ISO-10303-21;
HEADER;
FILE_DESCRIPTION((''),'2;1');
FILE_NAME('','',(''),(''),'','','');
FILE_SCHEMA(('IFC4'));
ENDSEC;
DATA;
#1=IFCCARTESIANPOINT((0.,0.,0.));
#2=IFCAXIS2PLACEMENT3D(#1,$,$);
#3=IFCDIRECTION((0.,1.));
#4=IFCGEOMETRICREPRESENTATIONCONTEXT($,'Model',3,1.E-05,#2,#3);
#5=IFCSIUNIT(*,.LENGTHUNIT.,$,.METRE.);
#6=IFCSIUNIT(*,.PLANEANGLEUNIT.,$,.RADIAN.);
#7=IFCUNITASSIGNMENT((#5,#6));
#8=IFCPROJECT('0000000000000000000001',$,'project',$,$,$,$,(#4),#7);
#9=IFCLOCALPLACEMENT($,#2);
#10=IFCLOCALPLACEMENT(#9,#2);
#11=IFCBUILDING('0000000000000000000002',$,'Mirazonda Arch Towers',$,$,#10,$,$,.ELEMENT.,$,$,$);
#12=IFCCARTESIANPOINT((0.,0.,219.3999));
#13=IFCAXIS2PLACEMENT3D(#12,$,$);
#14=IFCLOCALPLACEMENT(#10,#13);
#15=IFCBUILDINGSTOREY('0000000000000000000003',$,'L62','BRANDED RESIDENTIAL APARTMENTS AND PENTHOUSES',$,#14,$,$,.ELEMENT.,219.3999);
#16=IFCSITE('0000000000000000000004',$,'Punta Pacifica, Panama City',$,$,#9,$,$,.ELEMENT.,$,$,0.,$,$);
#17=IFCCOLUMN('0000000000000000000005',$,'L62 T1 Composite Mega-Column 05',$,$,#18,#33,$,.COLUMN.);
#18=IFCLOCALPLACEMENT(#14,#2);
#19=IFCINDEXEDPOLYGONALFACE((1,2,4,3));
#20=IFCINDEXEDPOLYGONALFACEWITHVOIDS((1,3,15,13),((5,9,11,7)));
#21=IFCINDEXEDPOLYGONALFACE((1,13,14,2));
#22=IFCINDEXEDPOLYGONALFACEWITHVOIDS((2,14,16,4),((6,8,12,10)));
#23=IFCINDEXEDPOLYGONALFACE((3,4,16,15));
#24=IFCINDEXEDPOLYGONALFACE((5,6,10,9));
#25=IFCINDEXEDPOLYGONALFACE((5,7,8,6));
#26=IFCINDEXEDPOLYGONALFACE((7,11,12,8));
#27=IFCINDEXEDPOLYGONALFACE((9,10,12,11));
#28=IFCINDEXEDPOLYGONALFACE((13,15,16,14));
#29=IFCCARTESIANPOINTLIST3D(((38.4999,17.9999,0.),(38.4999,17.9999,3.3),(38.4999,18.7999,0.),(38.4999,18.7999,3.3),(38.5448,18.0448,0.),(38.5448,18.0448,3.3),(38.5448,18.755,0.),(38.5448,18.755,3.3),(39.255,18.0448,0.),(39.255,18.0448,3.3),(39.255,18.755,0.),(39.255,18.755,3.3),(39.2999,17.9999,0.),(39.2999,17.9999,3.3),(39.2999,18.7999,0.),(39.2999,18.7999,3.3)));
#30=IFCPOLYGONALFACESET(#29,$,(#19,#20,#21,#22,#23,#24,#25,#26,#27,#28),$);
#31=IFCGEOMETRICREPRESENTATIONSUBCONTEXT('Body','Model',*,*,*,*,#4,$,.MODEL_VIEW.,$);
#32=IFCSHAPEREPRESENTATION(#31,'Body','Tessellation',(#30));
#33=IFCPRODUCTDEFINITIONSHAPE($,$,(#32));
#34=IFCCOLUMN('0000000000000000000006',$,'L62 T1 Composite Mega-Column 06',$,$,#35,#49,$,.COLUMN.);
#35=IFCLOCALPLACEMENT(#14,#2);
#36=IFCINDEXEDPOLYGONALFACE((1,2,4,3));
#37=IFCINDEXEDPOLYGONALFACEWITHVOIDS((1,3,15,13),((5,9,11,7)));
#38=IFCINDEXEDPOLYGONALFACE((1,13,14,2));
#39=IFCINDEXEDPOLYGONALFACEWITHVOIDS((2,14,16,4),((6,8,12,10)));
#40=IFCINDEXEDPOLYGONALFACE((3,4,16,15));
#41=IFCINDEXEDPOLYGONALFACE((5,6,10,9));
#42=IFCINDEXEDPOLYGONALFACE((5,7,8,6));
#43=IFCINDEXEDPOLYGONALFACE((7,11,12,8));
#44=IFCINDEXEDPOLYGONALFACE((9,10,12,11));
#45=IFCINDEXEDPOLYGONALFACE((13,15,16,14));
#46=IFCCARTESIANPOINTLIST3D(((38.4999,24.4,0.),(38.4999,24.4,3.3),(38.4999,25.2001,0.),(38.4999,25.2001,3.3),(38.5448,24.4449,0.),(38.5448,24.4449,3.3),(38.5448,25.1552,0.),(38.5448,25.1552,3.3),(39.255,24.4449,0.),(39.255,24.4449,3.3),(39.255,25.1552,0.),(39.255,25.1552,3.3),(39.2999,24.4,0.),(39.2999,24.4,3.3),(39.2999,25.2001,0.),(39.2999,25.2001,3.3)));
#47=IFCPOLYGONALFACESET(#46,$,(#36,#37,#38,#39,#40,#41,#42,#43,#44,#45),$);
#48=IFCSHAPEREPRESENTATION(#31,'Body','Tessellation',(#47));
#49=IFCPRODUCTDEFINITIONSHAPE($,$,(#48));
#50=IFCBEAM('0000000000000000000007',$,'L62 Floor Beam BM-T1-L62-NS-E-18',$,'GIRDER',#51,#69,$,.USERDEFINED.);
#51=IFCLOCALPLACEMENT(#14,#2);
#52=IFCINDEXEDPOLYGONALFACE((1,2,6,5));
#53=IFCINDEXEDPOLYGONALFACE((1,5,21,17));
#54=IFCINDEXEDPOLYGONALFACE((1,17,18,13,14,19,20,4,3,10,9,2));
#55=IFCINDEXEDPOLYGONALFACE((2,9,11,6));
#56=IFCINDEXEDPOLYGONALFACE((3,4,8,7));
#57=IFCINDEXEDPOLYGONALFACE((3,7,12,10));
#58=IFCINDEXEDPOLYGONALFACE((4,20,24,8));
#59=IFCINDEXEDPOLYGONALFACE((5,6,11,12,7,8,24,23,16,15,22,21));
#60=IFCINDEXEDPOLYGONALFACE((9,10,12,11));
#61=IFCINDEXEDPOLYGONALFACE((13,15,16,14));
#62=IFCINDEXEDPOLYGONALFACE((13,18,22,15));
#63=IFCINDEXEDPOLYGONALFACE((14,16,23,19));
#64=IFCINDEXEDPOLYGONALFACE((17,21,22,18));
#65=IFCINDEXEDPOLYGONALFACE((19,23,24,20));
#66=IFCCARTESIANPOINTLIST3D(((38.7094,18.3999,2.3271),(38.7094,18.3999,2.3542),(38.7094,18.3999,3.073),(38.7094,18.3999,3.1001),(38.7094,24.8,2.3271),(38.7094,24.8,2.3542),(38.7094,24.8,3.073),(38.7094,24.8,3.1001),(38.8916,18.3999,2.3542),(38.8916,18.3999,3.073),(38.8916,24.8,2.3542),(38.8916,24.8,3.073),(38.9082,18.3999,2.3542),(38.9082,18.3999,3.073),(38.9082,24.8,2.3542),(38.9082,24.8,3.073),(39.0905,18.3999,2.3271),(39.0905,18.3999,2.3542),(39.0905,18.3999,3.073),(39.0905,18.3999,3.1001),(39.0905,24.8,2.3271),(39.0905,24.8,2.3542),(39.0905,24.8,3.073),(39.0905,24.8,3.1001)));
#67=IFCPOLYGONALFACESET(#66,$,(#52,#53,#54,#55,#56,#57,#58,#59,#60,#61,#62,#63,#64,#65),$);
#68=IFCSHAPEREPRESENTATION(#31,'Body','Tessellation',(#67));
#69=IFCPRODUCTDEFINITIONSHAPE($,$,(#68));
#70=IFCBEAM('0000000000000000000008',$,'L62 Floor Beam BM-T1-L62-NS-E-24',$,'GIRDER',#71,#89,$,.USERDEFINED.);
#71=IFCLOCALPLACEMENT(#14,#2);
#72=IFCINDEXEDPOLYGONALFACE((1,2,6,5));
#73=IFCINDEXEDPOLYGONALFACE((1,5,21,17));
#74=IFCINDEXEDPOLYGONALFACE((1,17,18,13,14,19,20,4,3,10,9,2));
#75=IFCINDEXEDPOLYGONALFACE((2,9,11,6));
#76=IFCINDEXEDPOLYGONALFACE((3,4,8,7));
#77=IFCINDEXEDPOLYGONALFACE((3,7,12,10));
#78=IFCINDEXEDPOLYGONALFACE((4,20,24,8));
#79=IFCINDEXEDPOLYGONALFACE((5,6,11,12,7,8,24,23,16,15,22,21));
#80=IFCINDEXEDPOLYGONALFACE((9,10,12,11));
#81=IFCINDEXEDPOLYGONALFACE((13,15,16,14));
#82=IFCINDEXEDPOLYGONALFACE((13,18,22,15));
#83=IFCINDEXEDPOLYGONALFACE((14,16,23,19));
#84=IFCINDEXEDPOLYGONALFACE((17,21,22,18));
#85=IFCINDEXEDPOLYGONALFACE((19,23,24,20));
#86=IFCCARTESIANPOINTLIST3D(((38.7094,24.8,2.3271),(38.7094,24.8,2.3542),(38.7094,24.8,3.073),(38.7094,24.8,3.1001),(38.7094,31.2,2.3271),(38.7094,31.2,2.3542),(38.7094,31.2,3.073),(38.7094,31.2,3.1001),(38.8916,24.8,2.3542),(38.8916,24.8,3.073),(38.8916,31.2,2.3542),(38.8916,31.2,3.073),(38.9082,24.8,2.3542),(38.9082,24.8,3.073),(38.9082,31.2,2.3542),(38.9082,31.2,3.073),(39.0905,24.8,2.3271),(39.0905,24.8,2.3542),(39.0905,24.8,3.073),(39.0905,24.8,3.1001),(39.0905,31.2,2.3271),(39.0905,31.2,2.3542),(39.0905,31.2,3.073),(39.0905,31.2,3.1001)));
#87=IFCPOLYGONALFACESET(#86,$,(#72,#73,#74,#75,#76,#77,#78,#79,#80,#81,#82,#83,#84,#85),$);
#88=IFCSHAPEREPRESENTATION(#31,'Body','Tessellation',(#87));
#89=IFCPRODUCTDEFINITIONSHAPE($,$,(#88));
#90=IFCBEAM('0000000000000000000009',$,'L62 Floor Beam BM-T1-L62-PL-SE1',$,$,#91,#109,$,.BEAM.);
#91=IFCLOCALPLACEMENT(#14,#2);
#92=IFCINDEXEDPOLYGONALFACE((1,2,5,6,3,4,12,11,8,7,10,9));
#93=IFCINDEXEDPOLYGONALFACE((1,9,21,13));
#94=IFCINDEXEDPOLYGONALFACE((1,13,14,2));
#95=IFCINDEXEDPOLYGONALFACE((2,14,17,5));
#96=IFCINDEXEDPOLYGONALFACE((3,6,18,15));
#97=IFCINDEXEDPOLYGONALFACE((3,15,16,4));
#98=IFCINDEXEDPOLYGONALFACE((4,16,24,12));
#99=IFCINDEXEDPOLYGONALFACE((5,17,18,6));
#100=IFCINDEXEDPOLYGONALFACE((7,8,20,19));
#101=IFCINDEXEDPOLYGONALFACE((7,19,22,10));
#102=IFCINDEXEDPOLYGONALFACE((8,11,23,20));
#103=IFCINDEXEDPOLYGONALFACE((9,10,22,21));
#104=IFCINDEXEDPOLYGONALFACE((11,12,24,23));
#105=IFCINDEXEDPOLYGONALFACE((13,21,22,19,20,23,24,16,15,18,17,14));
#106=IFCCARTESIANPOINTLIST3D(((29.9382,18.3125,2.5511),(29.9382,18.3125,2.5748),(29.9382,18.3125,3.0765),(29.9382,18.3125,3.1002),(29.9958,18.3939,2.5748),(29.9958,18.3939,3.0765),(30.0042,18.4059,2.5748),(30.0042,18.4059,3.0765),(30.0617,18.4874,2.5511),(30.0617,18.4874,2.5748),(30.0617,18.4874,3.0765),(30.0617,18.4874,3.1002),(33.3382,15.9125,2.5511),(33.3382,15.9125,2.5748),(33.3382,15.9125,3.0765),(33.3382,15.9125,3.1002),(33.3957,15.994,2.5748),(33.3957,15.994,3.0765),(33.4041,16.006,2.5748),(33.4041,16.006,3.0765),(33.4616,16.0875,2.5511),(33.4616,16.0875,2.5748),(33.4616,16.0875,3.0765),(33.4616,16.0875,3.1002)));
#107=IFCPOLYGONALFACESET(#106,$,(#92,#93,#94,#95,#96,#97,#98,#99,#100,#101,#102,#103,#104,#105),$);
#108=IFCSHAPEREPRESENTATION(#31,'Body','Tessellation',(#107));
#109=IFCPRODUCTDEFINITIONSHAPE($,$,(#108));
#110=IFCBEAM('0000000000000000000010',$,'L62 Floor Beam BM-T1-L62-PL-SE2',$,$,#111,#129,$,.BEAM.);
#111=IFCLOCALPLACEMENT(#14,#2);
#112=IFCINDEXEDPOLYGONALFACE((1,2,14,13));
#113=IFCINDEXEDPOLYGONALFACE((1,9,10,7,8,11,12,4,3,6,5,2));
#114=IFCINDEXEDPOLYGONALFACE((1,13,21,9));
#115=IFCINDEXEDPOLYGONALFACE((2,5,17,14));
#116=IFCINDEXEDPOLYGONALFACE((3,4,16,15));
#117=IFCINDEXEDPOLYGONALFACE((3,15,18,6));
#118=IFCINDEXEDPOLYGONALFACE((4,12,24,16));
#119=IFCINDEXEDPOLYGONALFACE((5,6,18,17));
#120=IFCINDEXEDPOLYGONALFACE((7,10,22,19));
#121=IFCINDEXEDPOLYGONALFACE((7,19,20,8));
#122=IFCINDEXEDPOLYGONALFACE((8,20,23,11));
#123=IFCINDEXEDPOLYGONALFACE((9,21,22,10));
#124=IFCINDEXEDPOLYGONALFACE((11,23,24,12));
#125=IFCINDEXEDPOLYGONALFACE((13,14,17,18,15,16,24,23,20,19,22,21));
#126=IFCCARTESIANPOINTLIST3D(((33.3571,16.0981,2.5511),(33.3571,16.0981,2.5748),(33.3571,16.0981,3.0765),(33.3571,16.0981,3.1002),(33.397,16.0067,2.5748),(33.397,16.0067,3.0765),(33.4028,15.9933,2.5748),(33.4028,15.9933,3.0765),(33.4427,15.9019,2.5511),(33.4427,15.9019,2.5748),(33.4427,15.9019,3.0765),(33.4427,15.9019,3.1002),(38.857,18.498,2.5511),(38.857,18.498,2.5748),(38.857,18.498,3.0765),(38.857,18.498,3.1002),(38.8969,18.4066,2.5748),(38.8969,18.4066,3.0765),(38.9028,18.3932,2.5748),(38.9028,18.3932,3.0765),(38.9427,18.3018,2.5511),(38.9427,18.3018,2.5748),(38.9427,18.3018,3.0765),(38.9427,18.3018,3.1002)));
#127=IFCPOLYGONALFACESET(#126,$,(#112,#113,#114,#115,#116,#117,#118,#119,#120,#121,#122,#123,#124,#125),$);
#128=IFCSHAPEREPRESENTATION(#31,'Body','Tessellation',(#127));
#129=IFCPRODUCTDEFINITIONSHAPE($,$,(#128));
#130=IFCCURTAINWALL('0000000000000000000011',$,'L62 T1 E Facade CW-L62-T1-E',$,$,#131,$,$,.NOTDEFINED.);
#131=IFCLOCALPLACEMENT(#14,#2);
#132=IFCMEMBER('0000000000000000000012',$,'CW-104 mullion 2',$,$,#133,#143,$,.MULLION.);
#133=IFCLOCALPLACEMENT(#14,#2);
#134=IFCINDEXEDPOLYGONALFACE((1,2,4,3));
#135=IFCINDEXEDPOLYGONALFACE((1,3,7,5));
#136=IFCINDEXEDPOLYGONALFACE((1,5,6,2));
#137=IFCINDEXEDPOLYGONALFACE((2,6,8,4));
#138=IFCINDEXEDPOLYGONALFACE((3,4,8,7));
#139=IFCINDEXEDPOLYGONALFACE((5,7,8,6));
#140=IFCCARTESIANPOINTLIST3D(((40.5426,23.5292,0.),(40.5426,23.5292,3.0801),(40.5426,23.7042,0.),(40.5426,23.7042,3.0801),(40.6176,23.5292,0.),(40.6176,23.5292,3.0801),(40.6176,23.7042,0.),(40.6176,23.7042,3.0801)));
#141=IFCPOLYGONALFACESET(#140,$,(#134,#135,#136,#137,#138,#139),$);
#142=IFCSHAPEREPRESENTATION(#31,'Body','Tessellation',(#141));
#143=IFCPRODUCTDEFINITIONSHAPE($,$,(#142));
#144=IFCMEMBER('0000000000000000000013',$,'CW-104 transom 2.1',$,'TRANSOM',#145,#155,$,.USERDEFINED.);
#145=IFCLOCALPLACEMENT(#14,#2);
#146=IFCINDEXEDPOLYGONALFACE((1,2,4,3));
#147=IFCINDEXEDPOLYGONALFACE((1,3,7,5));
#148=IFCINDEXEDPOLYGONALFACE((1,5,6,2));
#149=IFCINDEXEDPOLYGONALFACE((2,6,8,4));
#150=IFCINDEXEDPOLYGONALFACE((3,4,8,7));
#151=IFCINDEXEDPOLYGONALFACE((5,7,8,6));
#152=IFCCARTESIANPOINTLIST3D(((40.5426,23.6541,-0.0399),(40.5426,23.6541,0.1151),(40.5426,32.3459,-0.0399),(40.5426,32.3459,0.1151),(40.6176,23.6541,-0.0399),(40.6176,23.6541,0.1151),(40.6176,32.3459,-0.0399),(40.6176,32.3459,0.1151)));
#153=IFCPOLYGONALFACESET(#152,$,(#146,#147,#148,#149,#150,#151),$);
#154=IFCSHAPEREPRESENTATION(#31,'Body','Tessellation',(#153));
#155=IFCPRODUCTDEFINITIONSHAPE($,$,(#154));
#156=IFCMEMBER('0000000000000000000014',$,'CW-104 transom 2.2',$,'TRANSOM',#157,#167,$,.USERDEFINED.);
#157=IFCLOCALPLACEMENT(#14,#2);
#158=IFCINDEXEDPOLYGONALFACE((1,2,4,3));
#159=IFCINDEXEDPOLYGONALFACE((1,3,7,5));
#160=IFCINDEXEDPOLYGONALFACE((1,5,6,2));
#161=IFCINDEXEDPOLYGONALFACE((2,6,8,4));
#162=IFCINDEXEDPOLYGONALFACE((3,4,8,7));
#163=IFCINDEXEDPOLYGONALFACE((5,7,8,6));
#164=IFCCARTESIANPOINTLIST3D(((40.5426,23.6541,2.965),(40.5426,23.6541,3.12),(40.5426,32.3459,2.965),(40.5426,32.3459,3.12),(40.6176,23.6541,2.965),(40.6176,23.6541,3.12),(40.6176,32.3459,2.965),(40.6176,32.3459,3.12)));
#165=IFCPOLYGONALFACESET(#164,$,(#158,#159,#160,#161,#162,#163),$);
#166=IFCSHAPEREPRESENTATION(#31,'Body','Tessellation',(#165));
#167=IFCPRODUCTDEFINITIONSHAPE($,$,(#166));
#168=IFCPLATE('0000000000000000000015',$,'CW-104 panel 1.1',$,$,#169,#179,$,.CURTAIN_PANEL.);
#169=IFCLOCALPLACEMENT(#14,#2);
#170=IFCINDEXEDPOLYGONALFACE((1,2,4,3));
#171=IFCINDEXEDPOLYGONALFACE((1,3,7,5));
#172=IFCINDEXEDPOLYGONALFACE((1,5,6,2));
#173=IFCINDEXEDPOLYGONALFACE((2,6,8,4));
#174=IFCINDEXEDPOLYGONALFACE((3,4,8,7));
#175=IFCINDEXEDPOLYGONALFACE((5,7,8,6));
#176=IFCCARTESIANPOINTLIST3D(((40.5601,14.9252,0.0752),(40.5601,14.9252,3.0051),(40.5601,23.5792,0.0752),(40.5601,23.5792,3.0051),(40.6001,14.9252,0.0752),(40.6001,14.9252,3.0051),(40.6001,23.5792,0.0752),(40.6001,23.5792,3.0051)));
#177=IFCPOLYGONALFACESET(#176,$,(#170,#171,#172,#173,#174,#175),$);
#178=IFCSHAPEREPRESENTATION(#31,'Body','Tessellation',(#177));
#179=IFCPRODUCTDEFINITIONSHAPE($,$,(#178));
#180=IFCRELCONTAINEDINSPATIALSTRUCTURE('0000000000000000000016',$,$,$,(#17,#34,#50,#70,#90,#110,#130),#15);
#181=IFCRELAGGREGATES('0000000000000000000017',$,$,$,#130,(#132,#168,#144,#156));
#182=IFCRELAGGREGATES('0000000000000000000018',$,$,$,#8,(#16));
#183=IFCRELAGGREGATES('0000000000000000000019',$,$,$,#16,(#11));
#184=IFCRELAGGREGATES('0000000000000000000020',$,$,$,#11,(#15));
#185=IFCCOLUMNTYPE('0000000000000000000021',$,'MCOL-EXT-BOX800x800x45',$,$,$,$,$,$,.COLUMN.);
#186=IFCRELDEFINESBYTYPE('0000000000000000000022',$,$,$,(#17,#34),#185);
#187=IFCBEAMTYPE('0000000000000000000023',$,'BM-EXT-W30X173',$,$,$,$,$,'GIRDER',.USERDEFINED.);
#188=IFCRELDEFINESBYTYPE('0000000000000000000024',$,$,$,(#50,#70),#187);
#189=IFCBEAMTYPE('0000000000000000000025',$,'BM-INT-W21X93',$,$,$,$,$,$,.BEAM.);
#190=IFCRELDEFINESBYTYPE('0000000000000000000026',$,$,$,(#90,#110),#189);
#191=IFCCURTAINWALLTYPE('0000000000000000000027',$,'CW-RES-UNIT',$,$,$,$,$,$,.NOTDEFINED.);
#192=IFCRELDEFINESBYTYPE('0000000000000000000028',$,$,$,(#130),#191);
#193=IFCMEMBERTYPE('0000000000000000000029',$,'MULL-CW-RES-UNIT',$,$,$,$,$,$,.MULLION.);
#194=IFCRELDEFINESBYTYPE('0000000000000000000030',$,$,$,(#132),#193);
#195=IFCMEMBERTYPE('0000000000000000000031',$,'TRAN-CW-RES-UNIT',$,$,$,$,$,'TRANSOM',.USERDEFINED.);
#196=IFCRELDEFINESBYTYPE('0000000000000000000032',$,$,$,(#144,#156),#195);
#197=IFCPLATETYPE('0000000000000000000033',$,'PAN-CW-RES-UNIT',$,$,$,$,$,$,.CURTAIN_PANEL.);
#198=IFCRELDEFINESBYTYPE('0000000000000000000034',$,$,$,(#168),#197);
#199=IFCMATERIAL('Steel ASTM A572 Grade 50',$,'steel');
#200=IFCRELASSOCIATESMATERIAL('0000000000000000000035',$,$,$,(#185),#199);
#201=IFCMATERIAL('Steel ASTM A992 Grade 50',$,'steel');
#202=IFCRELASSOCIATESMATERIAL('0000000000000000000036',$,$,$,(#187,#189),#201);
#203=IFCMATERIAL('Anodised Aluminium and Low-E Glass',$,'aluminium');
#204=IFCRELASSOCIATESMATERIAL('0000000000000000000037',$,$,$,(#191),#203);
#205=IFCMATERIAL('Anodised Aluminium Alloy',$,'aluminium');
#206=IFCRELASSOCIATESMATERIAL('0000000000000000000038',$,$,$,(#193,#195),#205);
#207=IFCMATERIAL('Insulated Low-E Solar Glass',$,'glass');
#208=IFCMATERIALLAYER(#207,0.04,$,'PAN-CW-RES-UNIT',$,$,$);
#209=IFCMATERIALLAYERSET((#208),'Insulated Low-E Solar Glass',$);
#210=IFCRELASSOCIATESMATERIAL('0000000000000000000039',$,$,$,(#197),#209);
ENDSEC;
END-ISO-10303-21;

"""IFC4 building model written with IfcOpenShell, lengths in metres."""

from ifc_helpers import new_model, si_unit, direction, frame, origin, origin_2d, place, context, subcontext, project, spatial, rectangle, hollow_rectangle, i_section, extrude, material, layer, layer_set, material_profile, profile_set, type_object, element, aggregate, save


model = new_model("IFC4")

# Units and contexts
model_context = context("Model", 3, precision=1e-05, world=origin(), true_north=direction((0.0, 1.0)))
body_context = subcontext(model_context, "Body", "Model", "MODEL_VIEW")
ifc_project = project(units=[si_unit("LENGTHUNIT", "METRE"), si_unit("PLANEANGLEUNIT", "RADIAN")], contexts=[model_context])

# Site, building, storey
site_placement = place(None, origin())
site = spatial("IfcSite", under=ifc_project, at=site_placement, Name="Punta Pacifica, Panama City", CompositionType="ELEMENT", RefElevation=0.0)
building_placement = place(site_placement, origin())
building = spatial("IfcBuilding", under=site, at=building_placement, Name="Mirazonda Arch Towers", CompositionType="ELEMENT")
storey_placement = place(building_placement, frame((0.0, 0.0, 219.3999)))
storey = spatial("IfcBuildingStorey", under=building, at=storey_placement, Name="L62", Description="BRANDED RESIDENTIAL APARTMENTS AND PENTHOUSES", CompositionType="ELEMENT", Elevation=219.3999)

# Columns
ifc_material_1 = material(Name="Steel ASTM A572 Grade 50", Category="steel")
ifc_material_profile_1 = material_profile(ifc_material_1, hollow_rectangle(XDim=0.8, YDim=0.8, WallThickness=0.0449, at=origin_2d()), Name="BOX800x800x45")
ifc_profile_set_1 = profile_set([ifc_material_profile_1], Name="Steel ASTM A572 Grade 50")
column_type = type_object("IfcColumnType", Name="MCOL-EXT-BOX800x800x45", PredefinedType="COLUMN", material=ifc_profile_set_1)
for number, where, z_axis, x_axis, name in (
    (1, (38.8999, 18.3999, 0.0), (0.0, 0.0, 1.0), (1.0, 0.0, 0.0), "L62 T1 Composite Mega-Column 05"),
    (2, (38.8999, 24.8, 0.0), (0.0, 0.0, 1.0), (1.0, 0.0, 0.0), "L62 T1 Composite Mega-Column 06"),
):
    element("IfcColumn", number, at=place(storey_placement, frame(where, z_axis=z_axis, x_axis=x_axis)), inside=storey, type_object=column_type, Name=name, PredefinedType="COLUMN", context=body_context, shape_type="SweptSolid", body=[
        extrude(hollow_rectangle(XDim=0.8, YDim=0.8, WallThickness=0.0449, at=origin_2d()), origin(), (0.0, 0.0, 1.0), 3.3),
    ])

# Beams
ifc_material_2 = material(Name="Steel ASTM A992 Grade 50", Category="steel")
ifc_material_profile_2 = material_profile(ifc_material_2, i_section(OverallWidth=0.3811, OverallDepth=0.7729, WebThickness=0.0166, FlangeThickness=0.0271, at=origin_2d()), Name="W30X173")
ifc_profile_set_2 = profile_set([ifc_material_profile_2], Name="Steel ASTM A992 Grade 50")
beam_type_1 = type_object("IfcBeamType", Name="BM-EXT-W30X173", ElementType="GIRDER", PredefinedType="USERDEFINED", material=ifc_profile_set_2)
beam_1_placement = place(storey_placement, frame((38.8999, 18.3999, 2.7136), z_axis=(0.0, 1.0, 0.0), x_axis=(-1.0, 0.0, 0.0)))
element("IfcBeam", 3, at=beam_1_placement, inside=storey, type_object=beam_type_1, Name="L62 Floor Beam BM-T1-L62-NS-E-18", ObjectType="GIRDER", PredefinedType="USERDEFINED", context=body_context, shape_type="SweptSolid", body=[
    extrude(i_section(OverallWidth=0.3811, OverallDepth=0.7729, WebThickness=0.0166, FlangeThickness=0.0271, at=origin_2d()), origin(), (0.0, 0.0, 1.0), 6.4001),
])
beam_2_placement = place(storey_placement, frame((38.8999, 24.8, 2.7136), z_axis=(0.0, 1.0, 0.0), x_axis=(-1.0, 0.0, 0.0)))
element("IfcBeam", 4, at=beam_2_placement, inside=storey, type_object=beam_type_1, Name="L62 Floor Beam BM-T1-L62-NS-E-24", ObjectType="GIRDER", PredefinedType="USERDEFINED", context=body_context, shape_type="SweptSolid", body=[
    extrude(i_section(OverallWidth=0.3811, OverallDepth=0.7729, WebThickness=0.0166, FlangeThickness=0.0271, at=origin_2d()), origin(), (0.0, 0.0, 1.0), 6.3999),
])
ifc_material_profile_3 = material_profile(ifc_material_2, i_section(OverallWidth=0.2141, OverallDepth=0.5491, WebThickness=0.0146, FlangeThickness=0.0237, at=origin_2d()), Name="W21X93")
ifc_profile_set_3 = profile_set([ifc_material_profile_3], Name="Steel ASTM A992 Grade 50")
beam_type_2 = type_object("IfcBeamType", Name="BM-INT-W21X93", PredefinedType="BEAM", material=ifc_profile_set_3)
beam_3_placement = place(storey_placement, frame((33.3999, 16.0, 2.8257), z_axis=(-0.816971, 0.576679, 0.0), x_axis=(-0.576679, -0.816971, 0.0)))
element("IfcBeam", 5, at=beam_3_placement, inside=storey, type_object=beam_type_2, Name="L62 Floor Beam BM-T1-L62-PL-SE1", PredefinedType="BEAM", context=body_context, shape_type="SweptSolid", body=[
    extrude(i_section(OverallWidth=0.2141, OverallDepth=0.5491, WebThickness=0.0146, FlangeThickness=0.0237, at=origin_2d()), origin(), (0.0, 0.0, 1.0), 4.1616),
])
beam_4_placement = place(storey_placement, frame((33.3999, 16.0, 2.8257), z_axis=(0.916545, 0.399931, 0.0), x_axis=(-0.399931, 0.916545, 0.0)))
element("IfcBeam", 6, at=beam_4_placement, inside=storey, type_object=beam_type_2, Name="L62 Floor Beam BM-T1-L62-PL-SE2", PredefinedType="BEAM", context=body_context, shape_type="SweptSolid", body=[
    extrude(i_section(OverallWidth=0.2141, OverallDepth=0.5491, WebThickness=0.0146, FlangeThickness=0.0237, at=origin_2d()), origin(), (0.0, 0.0, 1.0), 6.0007),
])

# Curtain wall, members, plate
ifc_material_3 = material(Name="Anodised Aluminium and Low-E Glass", Category="aluminium")
curtain_wall_type = type_object("IfcCurtainWallType", Name="CW-RES-UNIT", PredefinedType="NOTDEFINED", material=ifc_material_3)
curtain_wall_placement = place(storey_placement, origin())
curtain_wall = element("IfcCurtainWall", 7, at=curtain_wall_placement, inside=storey, type_object=curtain_wall_type, Name="L62 T1 E Facade CW-L62-T1-E", PredefinedType="NOTDEFINED")
ifc_material_4 = material(Name="Anodised Aluminium Alloy", Category="aluminium")
ifc_material_profile_4 = material_profile(ifc_material_4, rectangle(XDim=0.075, YDim=0.175, at=origin_2d()), Name="ALU-MULL-75x175")
ifc_profile_set_4 = profile_set([ifc_material_profile_4], Name="Anodised Aluminium Alloy")
member_type_1 = type_object("IfcMemberType", Name="MULL-CW-RES-UNIT", PredefinedType="MULLION", material=ifc_profile_set_4)
member_1_placement = place(storey_placement, frame((40.5801, 23.6167, 0.0), z_axis=(0.0, 0.0, 1.0), x_axis=(-1.0, 0.0, 0.0)))
member_1 = element("IfcMember", 8, at=member_1_placement, type_object=member_type_1, Name="CW-104 mullion 2", PredefinedType="MULLION", context=body_context, shape_type="SweptSolid", body=[
    extrude(rectangle(XDim=0.075, YDim=0.175, at=origin_2d()), origin(), (0.0, 0.0, 1.0), 3.0801),
])
ifc_material_profile_5 = material_profile(ifc_material_4, rectangle(XDim=0.075, YDim=0.155, at=origin_2d()), Name="ALU-TRAN-75x155")
ifc_profile_set_5 = profile_set([ifc_material_profile_5], Name="Anodised Aluminium Alloy")
member_type_2 = type_object("IfcMemberType", Name="TRAN-CW-RES-UNIT", ElementType="TRANSOM", PredefinedType="USERDEFINED", material=ifc_profile_set_5)
member_2_placement = place(storey_placement, frame((40.5801, 23.6541, 0.0376), z_axis=(0.0, 1.0, 0.0), x_axis=(-1.0, 0.0, 0.0)))
member_2 = element("IfcMember", 9, at=member_2_placement, type_object=member_type_2, Name="CW-104 transom 2.1", ObjectType="TRANSOM", PredefinedType="USERDEFINED", context=body_context, shape_type="SweptSolid", body=[
    extrude(rectangle(XDim=0.075, YDim=0.155, at=origin_2d()), origin(), (0.0, 0.0, 1.0), 8.6919),
])
member_3_placement = place(storey_placement, frame((40.5801, 23.6541, 3.0425), z_axis=(0.0, 1.0, 0.0), x_axis=(-1.0, 0.0, 0.0)))
member_3 = element("IfcMember", 10, at=member_3_placement, type_object=member_type_2, Name="CW-104 transom 2.2", ObjectType="TRANSOM", PredefinedType="USERDEFINED", context=body_context, shape_type="SweptSolid", body=[
    extrude(rectangle(XDim=0.075, YDim=0.155, at=origin_2d()), origin(), (0.0, 0.0, 1.0), 8.6919),
])
ifc_material_5 = material(Name="Insulated Low-E Solar Glass", Category="glass")
ifc_layer_1 = layer(ifc_material_5, 0.04, Name="PAN-CW-RES-UNIT")
ifc_layer_set_1 = layer_set([ifc_layer_1], Name="Insulated Low-E Solar Glass")
plate_type = type_object("IfcPlateType", Name="PAN-CW-RES-UNIT", PredefinedType="CURTAIN_PANEL", material=ifc_layer_set_1)
plate_placement = place(storey_placement, frame((40.5801, 19.2522, 0.0752), z_axis=(0.0, 0.0, 1.0), x_axis=(0.0, 1.0, 0.0)))
plate = element("IfcPlate", 11, at=plate_placement, type_object=plate_type, Name="CW-104 panel 1.1", PredefinedType="CURTAIN_PANEL", context=body_context, shape_type="SweptSolid", body=[
    extrude(rectangle(XDim=8.6541, YDim=0.04, at=origin_2d()), origin(), (0.0, 0.0, 1.0), 2.9299),
])
aggregate(curtain_wall, [member_1, plate, member_2, member_3])

save(model, "model.ifc")
